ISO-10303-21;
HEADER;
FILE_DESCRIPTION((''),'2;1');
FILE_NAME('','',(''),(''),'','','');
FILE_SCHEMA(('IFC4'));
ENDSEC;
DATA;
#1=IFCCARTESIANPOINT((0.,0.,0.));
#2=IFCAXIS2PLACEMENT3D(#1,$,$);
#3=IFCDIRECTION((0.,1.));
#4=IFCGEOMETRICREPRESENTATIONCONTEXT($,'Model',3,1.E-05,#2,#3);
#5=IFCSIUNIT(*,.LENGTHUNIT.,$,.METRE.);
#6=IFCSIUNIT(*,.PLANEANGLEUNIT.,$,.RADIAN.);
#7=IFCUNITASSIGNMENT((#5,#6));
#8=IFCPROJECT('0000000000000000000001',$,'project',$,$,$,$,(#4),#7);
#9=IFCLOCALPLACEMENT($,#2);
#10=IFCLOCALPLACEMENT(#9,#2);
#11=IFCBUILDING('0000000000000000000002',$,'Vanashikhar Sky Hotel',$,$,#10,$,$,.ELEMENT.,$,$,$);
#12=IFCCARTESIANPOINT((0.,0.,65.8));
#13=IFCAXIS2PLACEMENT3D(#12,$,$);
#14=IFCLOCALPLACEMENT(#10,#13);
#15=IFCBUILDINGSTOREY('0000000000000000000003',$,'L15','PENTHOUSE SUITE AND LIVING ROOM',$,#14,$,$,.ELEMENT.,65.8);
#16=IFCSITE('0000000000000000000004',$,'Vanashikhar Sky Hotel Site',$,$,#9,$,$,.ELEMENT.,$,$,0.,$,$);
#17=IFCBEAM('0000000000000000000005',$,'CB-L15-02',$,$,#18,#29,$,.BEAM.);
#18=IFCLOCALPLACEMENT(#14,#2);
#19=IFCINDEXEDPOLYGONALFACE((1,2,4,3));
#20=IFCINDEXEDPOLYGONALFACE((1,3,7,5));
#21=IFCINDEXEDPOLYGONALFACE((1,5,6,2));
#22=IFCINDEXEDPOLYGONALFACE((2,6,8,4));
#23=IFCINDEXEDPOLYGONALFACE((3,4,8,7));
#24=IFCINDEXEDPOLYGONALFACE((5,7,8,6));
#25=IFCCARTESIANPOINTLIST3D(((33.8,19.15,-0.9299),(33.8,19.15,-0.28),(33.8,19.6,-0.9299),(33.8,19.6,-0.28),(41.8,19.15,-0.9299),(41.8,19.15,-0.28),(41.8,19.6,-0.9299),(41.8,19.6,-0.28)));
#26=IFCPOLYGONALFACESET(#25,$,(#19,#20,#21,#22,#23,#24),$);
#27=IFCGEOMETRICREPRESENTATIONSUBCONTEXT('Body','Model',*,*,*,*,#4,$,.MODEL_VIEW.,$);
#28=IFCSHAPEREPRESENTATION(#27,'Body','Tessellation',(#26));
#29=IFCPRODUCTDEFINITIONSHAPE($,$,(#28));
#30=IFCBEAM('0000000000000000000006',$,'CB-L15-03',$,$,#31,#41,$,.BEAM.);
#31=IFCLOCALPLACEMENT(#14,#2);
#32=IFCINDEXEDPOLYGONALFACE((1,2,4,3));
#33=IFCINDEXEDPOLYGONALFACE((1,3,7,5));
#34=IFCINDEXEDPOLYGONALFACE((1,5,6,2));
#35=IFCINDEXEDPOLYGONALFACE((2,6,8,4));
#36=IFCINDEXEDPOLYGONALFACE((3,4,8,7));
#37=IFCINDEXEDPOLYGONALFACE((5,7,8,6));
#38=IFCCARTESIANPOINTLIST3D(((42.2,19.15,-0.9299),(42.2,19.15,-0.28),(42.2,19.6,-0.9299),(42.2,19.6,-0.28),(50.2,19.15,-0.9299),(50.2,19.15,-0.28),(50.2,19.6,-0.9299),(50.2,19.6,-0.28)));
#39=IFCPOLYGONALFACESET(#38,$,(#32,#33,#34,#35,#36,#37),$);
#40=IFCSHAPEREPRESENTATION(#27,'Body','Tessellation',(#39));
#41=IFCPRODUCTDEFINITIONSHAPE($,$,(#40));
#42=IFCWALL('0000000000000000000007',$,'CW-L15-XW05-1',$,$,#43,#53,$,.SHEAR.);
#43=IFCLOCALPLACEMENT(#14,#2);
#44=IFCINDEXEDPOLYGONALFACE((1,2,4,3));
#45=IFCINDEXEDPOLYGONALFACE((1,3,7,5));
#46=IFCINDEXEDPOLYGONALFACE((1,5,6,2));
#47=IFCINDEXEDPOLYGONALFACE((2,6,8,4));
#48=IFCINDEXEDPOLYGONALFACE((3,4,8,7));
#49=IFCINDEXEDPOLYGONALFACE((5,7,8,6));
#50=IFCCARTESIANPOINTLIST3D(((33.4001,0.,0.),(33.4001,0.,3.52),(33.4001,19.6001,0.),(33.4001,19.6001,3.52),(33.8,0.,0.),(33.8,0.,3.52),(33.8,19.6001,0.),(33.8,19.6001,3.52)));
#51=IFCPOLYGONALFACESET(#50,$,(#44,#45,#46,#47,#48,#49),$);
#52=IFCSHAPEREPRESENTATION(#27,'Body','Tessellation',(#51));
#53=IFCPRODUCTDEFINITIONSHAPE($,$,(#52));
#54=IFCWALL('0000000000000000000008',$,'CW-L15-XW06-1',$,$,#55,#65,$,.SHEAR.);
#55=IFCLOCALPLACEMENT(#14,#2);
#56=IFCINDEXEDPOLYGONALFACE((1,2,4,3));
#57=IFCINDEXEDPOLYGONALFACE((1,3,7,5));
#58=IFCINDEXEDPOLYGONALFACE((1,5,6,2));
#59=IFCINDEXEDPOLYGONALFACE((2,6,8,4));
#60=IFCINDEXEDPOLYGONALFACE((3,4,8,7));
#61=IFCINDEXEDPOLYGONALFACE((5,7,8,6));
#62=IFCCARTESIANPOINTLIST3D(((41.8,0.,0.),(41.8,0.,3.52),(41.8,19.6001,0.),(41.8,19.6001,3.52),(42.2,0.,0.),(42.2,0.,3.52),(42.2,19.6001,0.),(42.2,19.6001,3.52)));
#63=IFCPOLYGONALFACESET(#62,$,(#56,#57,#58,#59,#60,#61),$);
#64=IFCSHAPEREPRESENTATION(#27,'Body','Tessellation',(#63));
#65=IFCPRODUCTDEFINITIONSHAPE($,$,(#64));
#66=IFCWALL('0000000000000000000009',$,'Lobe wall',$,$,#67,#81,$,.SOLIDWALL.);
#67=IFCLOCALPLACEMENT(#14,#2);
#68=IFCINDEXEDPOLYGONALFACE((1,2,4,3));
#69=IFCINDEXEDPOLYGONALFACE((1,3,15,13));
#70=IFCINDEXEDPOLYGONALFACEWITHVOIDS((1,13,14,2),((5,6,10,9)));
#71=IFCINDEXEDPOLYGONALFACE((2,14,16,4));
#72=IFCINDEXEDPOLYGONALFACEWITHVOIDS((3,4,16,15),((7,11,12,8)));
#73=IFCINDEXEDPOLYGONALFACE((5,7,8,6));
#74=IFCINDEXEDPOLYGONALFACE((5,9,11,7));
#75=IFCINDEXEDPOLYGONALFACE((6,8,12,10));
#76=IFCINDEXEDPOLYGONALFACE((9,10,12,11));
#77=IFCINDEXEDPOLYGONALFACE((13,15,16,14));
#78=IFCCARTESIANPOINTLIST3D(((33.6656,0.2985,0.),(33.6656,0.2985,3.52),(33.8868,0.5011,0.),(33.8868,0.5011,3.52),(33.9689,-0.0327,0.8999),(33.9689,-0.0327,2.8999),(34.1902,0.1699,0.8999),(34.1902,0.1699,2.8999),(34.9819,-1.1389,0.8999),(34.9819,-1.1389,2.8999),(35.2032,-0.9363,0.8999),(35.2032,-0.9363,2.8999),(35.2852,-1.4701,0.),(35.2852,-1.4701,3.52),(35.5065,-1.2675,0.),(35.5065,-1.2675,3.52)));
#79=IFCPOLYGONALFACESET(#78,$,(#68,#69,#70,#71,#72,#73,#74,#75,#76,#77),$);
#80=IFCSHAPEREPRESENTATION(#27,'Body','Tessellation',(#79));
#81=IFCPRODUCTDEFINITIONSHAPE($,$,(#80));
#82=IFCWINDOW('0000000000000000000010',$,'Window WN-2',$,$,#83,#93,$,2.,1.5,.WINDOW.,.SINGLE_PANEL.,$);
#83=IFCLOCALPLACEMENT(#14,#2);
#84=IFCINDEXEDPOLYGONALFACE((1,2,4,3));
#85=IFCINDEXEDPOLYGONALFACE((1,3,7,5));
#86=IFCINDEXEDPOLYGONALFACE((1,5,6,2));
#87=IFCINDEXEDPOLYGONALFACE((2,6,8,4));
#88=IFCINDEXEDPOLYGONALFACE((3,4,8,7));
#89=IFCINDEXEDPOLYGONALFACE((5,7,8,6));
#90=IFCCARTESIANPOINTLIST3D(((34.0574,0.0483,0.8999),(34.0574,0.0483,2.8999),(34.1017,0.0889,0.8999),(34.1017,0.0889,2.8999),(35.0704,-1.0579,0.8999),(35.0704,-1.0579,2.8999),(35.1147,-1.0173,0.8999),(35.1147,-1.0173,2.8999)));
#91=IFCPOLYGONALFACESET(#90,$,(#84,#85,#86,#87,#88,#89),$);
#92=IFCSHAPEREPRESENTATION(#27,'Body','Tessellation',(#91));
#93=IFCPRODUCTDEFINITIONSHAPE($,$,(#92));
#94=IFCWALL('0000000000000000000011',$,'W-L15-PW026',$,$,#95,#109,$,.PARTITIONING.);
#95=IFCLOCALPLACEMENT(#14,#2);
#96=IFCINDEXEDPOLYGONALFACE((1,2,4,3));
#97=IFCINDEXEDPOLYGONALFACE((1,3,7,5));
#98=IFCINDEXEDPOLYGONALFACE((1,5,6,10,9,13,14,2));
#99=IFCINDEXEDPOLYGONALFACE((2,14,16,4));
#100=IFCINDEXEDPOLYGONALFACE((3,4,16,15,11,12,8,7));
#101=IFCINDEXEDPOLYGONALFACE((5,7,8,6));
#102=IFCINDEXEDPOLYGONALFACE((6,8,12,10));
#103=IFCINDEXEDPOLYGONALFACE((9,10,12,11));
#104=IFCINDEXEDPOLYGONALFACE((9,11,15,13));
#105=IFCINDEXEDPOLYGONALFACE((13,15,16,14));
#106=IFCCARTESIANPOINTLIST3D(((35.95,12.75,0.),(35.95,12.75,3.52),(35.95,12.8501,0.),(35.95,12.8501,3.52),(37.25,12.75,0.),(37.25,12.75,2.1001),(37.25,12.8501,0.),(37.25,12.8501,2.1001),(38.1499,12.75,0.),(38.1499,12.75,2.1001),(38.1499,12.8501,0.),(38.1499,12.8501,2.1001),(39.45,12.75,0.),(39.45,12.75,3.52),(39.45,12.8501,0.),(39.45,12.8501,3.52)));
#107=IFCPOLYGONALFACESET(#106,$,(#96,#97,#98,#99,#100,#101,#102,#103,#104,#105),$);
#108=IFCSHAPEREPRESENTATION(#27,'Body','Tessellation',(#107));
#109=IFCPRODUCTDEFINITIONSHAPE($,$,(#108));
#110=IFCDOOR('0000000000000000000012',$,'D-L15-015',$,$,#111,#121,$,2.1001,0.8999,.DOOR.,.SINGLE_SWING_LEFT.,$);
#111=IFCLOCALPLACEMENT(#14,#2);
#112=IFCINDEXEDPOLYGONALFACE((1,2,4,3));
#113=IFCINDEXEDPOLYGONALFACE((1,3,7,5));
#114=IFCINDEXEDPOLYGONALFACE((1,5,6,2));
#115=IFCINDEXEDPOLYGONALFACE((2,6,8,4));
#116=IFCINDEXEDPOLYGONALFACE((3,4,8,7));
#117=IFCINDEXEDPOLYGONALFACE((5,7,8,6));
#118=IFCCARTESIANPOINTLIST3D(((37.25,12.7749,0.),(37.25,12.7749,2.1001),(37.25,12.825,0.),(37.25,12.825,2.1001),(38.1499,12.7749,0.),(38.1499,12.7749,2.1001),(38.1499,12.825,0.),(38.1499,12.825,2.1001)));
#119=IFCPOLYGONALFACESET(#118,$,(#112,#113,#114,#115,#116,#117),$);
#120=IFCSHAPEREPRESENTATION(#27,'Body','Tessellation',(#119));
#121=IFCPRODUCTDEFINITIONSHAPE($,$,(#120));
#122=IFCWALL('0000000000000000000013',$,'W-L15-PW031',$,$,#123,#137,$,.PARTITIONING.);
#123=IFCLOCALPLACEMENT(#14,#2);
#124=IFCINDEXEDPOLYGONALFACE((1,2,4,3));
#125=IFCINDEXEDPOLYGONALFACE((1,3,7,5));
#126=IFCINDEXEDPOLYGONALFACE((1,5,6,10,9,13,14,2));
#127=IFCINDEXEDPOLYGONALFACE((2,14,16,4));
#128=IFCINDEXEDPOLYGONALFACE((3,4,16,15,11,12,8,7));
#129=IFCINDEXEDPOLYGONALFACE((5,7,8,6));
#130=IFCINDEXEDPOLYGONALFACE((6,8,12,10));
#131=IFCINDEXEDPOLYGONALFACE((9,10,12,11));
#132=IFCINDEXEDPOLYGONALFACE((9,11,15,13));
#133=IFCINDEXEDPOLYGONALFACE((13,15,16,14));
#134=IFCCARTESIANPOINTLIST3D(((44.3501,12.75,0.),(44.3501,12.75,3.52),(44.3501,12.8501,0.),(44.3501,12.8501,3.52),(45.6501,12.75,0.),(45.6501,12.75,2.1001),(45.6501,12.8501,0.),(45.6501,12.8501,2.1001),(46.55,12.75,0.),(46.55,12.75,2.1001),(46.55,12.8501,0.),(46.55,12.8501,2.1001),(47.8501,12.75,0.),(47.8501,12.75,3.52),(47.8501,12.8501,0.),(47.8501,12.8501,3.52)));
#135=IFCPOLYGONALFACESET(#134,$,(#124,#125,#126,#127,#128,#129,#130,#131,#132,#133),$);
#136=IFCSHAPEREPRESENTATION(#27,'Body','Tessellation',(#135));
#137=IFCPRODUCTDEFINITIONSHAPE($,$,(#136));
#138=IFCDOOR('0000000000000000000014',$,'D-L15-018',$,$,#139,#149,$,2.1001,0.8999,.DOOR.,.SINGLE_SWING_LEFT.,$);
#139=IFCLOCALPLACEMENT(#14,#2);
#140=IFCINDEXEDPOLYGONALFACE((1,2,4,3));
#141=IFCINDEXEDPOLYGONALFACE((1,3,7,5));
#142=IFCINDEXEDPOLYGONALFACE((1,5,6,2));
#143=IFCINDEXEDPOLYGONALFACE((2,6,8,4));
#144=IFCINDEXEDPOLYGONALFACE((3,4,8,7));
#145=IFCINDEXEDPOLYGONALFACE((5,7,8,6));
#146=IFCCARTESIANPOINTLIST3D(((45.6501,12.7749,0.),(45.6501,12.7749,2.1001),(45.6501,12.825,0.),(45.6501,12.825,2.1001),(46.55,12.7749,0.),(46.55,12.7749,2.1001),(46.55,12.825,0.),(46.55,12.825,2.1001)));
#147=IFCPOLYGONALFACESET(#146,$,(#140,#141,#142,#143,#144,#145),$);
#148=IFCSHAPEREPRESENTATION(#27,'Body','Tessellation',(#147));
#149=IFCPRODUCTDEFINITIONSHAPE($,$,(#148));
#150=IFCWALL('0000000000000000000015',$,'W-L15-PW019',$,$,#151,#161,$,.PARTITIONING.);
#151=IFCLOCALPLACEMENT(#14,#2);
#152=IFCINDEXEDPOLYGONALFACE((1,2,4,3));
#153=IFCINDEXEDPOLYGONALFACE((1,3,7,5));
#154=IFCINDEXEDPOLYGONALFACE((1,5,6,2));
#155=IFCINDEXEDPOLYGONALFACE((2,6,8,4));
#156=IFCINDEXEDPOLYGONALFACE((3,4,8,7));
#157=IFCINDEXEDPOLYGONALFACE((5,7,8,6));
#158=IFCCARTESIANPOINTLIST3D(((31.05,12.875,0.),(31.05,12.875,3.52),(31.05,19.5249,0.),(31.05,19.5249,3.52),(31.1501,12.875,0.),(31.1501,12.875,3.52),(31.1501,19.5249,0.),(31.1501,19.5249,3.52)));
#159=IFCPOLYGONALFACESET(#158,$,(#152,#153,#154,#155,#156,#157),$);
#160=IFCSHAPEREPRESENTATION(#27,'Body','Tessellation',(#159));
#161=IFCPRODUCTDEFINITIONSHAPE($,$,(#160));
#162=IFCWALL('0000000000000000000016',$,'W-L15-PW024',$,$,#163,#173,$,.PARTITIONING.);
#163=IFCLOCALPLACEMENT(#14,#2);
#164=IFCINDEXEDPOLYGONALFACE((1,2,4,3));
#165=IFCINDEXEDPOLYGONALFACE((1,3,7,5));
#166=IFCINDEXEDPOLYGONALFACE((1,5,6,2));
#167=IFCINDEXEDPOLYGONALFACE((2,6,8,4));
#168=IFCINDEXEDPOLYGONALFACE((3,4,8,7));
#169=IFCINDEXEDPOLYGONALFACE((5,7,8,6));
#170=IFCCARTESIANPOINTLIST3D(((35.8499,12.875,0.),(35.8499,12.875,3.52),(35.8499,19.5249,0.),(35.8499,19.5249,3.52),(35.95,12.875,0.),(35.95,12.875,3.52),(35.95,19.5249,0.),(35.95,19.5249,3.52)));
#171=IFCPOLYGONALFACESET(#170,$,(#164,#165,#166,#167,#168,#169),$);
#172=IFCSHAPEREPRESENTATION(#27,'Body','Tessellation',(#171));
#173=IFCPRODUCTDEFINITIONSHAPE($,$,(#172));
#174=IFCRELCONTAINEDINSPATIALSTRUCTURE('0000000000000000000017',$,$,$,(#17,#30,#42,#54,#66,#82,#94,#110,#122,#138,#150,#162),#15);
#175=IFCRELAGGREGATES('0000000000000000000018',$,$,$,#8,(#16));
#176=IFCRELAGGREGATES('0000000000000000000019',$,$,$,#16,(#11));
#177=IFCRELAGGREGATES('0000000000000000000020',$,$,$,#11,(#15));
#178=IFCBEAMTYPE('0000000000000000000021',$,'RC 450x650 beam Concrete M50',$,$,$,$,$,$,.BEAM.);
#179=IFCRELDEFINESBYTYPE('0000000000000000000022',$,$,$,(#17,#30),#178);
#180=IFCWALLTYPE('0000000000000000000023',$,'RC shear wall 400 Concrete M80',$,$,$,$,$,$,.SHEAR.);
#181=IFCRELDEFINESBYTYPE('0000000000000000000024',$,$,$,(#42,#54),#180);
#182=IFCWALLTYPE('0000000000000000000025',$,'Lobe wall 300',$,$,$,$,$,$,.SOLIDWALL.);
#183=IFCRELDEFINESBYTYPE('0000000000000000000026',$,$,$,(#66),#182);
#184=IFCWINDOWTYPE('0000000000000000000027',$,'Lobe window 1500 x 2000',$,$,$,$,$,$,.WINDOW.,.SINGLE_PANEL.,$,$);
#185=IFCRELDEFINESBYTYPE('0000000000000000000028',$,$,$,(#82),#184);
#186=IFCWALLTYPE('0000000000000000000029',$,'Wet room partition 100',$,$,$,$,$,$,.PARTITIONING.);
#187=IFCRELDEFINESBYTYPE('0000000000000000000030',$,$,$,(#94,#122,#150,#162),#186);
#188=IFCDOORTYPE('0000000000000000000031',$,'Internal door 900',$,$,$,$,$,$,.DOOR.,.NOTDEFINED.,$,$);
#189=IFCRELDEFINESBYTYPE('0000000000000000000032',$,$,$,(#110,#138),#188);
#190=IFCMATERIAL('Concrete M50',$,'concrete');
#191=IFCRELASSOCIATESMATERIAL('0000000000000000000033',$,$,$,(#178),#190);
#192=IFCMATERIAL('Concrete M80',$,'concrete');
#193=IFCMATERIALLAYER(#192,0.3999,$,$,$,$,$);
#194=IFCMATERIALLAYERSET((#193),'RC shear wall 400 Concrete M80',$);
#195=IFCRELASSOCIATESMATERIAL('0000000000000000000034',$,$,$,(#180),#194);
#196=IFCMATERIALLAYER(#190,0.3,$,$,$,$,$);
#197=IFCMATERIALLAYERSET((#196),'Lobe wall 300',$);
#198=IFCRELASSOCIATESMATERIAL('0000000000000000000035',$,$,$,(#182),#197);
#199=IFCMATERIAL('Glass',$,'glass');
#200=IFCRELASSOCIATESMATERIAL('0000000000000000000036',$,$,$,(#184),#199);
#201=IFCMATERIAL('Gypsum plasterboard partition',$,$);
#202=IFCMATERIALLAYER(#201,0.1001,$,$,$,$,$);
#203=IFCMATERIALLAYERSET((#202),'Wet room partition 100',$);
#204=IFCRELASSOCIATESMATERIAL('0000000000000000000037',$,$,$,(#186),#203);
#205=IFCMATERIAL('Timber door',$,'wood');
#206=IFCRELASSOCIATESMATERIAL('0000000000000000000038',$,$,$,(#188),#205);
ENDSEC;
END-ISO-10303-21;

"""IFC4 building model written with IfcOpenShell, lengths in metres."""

from ifc_helpers import new_model, si_unit, direction, frame, frame_2d, origin, origin_2d, place, context, subcontext, project, spatial, rectangle, extrude, source, transform, mapped, material, layer, layer_set, material_profile, profile_set, type_object, element, fill, save


model = new_model("IFC4")

# Units and contexts
model_context = context("Model", 3, precision=1e-05, world=origin(), true_north=direction((0.0, 1.0)))
body_context = subcontext(model_context, "Body", "Model", "MODEL_VIEW")
ifc_project = project(units=[si_unit("LENGTHUNIT", "METRE"), si_unit("PLANEANGLEUNIT", "RADIAN")], contexts=[model_context])

# Site, building, storey
site_placement = place(None, origin())
site = spatial("IfcSite", under=ifc_project, at=site_placement, Name="Vanashikhar Sky Hotel Site", CompositionType="ELEMENT", RefElevation=0.0)
building_placement = place(site_placement, origin())
building = spatial("IfcBuilding", under=site, at=building_placement, Name="Vanashikhar Sky Hotel", CompositionType="ELEMENT")
storey_placement = place(building_placement, frame((0.0, 0.0, 65.8)))
storey = spatial("IfcBuildingStorey", under=building, at=storey_placement, Name="L15", Description="PENTHOUSE SUITE AND LIVING ROOM", CompositionType="ELEMENT", Elevation=65.8)

# Beams
ifc_material_1 = material(Name="Concrete M50", Category="concrete")
ifc_material_profile = material_profile(ifc_material_1, rectangle(XDim=0.45, YDim=0.6499, at=origin_2d()))
ifc_profile_set = profile_set([ifc_material_profile], Name="RC 450x650 beam Concrete M50")
beam_type = type_object("IfcBeamType", Name="RC 450x650 beam Concrete M50", PredefinedType="BEAM", material=ifc_profile_set)
shared_shape_1 = source(origin(), body_context, "Body", "SweptSolid", [
    extrude(rectangle(XDim=0.45, YDim=0.6499, at=origin_2d()), origin(), (0.0, 0.0, 1.0), 8.0),
])
for number, where, z_axis, x_axis, name in (
    (1, (33.8, 19.375, -0.605), (1.0, 0.0, 0.0), (0.0, 1.0, 0.0), "CB-L15-02"),
    (2, (42.2, 19.375, -0.605), (1.0, 0.0, 0.0), (0.0, 1.0, 0.0), "CB-L15-03"),
):
    element("IfcBeam", number, at=place(storey_placement, frame(where, z_axis=z_axis, x_axis=x_axis)), inside=storey, type_object=beam_type, Name=name, PredefinedType="BEAM", context=body_context, shape_type="MappedRepresentation", body=[
        mapped(shared_shape_1, transform((0.0, 0.0, 0.0), scale=1.0)),
    ])

# Walls
ifc_material_2 = material(Name="Concrete M80", Category="concrete")
ifc_layer_1 = layer(ifc_material_2, 0.3999)
ifc_layer_set_1 = layer_set([ifc_layer_1], Name="RC shear wall 400 Concrete M80")
wall_type_1 = type_object("IfcWallType", Name="RC shear wall 400 Concrete M80", PredefinedType="SHEAR", material=ifc_layer_set_1)
shared_shape_2 = source(origin(), body_context, "Body", "SweptSolid", [
    extrude(rectangle(XDim=19.6001, YDim=0.3999, at=frame_2d((9.8, 0.0))), origin(), (0.0, 0.0, 1.0), 3.52),
])
for number, where, z_axis, x_axis, name in (
    (3, (33.6001, 0.0, 0.0), (0.0, 0.0, 1.0), (0.0, 1.0, 0.0), "CW-L15-XW05-1"),
    (4, (42.0, 0.0, 0.0), (0.0, 0.0, 1.0), (0.0, 1.0, 0.0), "CW-L15-XW06-1"),
):
    element("IfcWall", number, at=place(storey_placement, frame(where, z_axis=z_axis, x_axis=x_axis)), inside=storey, type_object=wall_type_1, Name=name, PredefinedType="SHEAR", context=body_context, shape_type="MappedRepresentation", body=[
        mapped(shared_shape_2, transform((0.0, 0.0, 0.0), scale=1.0)),
    ])

# Wall, opening, window
ifc_layer_2 = layer(ifc_material_1, 0.3)
ifc_layer_set_2 = layer_set([ifc_layer_2], Name="Lobe wall 300")
wall_type_2 = type_object("IfcWallType", Name="Lobe wall 300", PredefinedType="SOLIDWALL", material=ifc_layer_set_2)
shared_shape_3 = source(origin(), body_context, "Body", "SweptSolid", [
    extrude(rectangle(XDim=2.3982, YDim=0.3, at=frame_2d((1.1992, 0.0))), origin(), (0.0, 0.0, 1.0), 3.52),
])
wall_1_placement = place(storey_placement, frame((33.7761, 0.3999, 0.0), z_axis=(0.0, 0.0, 1.0), x_axis=(0.675374, -0.737475, 0.0)))
wall_1 = element("IfcWall", 5, at=wall_1_placement, inside=storey, type_object=wall_type_2, Name="Lobe wall", PredefinedType="SOLIDWALL", context=body_context, shape_type="MappedRepresentation", body=[
    mapped(shared_shape_3, transform((0.0, 0.0, 0.0), scale=1.0)),
])
shared_shape_4 = source(origin(), body_context, "Body", "SweptSolid", [
    extrude(rectangle(XDim=1.5, YDim=2.0, at=frame_2d((0.75, 1.0))), frame((0.0, 0.1602, 0.0), z_axis=(0.0, -1.0, 0.0), x_axis=(1.0, 0.0, 0.0)), (0.0, 0.0, 1.0), 0.3201),
])
opening_1_placement = place(wall_1_placement, frame((0.4492, 0.0, 0.8999)))
opening_1 = element("IfcOpeningElement", 6, at=opening_1_placement, cuts=wall_1, PredefinedType="OPENING", context=body_context, shape_type="MappedRepresentation", body=[
    mapped(shared_shape_4, transform((0.0, 0.0, 0.0), scale=1.0)),
])
ifc_material_3 = material(Name="Glass", Category="glass")
window_type = type_object("IfcWindowType", Name="Lobe window 1500 x 2000", PartitioningType="SINGLE_PANEL", PredefinedType="WINDOW", material=ifc_material_3)
shared_shape_5 = source(origin(), body_context, "Body", "SweptSolid", [
    extrude(rectangle(XDim=1.5, YDim=2.0, at=frame_2d((0.75, 1.0))), frame((0.0, 0.03, 0.0), z_axis=(0.0, -1.0, 0.0), x_axis=(1.0, 0.0, 0.0)), (0.0, 0.0, 1.0), 0.0601),
])
window_placement = place(opening_1_placement, origin())
window = element("IfcWindow", 7, at=window_placement, inside=storey, type_object=window_type, Name="Window WN-2", OverallHeight=2.0, OverallWidth=1.5, PartitioningType="SINGLE_PANEL", PredefinedType="WINDOW", context=body_context, shape_type="MappedRepresentation", body=[
    mapped(shared_shape_5, transform((0.0, 0.0, 0.0), scale=1.0)),
])
fill(opening_1, window)

# Walls, openings, doors
ifc_material_4 = material(Name="Gypsum plasterboard partition")
ifc_layer_3 = layer(ifc_material_4, 0.1001)
ifc_layer_set_3 = layer_set([ifc_layer_3], Name="Wet room partition 100")
wall_type_3 = type_object("IfcWallType", Name="Wet room partition 100", PredefinedType="PARTITIONING", material=ifc_layer_set_3)
shared_shape_6 = source(origin(), body_context, "Body", "SweptSolid", [
    extrude(rectangle(XDim=3.5, YDim=0.1001, at=frame_2d((1.75, 0.0))), origin(), (0.0, 0.0, 1.0), 3.52),
])
wall_2_placement = place(storey_placement, frame((35.95, 12.8, 0.0), z_axis=(0.0, 0.0, 1.0), x_axis=(1.0, 0.0, 0.0)))
wall_2 = element("IfcWall", 8, at=wall_2_placement, inside=storey, type_object=wall_type_3, Name="W-L15-PW026", PredefinedType="PARTITIONING", context=body_context, shape_type="MappedRepresentation", body=[
    mapped(shared_shape_6, transform((0.0, 0.0, 0.0), scale=1.0)),
])
shared_shape_7 = source(origin(), body_context, "Body", "SweptSolid", [
    extrude(rectangle(XDim=0.8999, YDim=2.1001, at=frame_2d((0.45, 1.05))), frame((0.0, 0.0601, 0.0), z_axis=(0.0, -1.0, 0.0), x_axis=(1.0, 0.0, 0.0)), (0.0, 0.0, 1.0), 0.1201),
])
opening_2_placement = place(wall_2_placement, frame((1.3, 0.0, 0.0)))
opening_2 = element("IfcOpeningElement", 9, at=opening_2_placement, cuts=wall_2, PredefinedType="OPENING", context=body_context, shape_type="MappedRepresentation", body=[
    mapped(shared_shape_7, transform((0.0, 0.0, 0.0), scale=1.0)),
])
ifc_material_5 = material(Name="Timber door", Category="wood")
door_type = type_object("IfcDoorType", Name="Internal door 900", OperationType="NOTDEFINED", PredefinedType="DOOR", material=ifc_material_5)
shared_shape_8 = source(origin(), body_context, "Body", "SweptSolid", [
    extrude(rectangle(XDim=0.8999, YDim=2.1001, at=frame_2d((0.45, 1.05))), frame((0.0, 0.0249, 0.0), z_axis=(0.0, -1.0, 0.0), x_axis=(1.0, 0.0, 0.0)), (0.0, 0.0, 1.0), 0.05),
])
door_1_placement = place(opening_2_placement, origin())
door_1 = element("IfcDoor", 10, at=door_1_placement, inside=storey, type_object=door_type, Name="D-L15-015", OperationType="SINGLE_SWING_LEFT", OverallHeight=2.1001, OverallWidth=0.8999, PredefinedType="DOOR", context=body_context, shape_type="MappedRepresentation", body=[
    mapped(shared_shape_8, transform((0.0, 0.0, 0.0), scale=1.0)),
])
fill(opening_2, door_1)
wall_3_placement = place(storey_placement, frame((44.3501, 12.8, 0.0), z_axis=(0.0, 0.0, 1.0), x_axis=(1.0, 0.0, 0.0)))
wall_3 = element("IfcWall", 11, at=wall_3_placement, inside=storey, type_object=wall_type_3, Name="W-L15-PW031", PredefinedType="PARTITIONING", context=body_context, shape_type="MappedRepresentation", body=[
    mapped(shared_shape_6, transform((0.0, 0.0, 0.0), scale=1.0)),
])
opening_3_placement = place(wall_3_placement, frame((1.3, 0.0, 0.0)))
opening_3 = element("IfcOpeningElement", 12, at=opening_3_placement, cuts=wall_3, PredefinedType="OPENING", context=body_context, shape_type="MappedRepresentation", body=[
    mapped(shared_shape_7, transform((0.0, 0.0, 0.0), scale=1.0)),
])
door_2_placement = place(opening_3_placement, origin())
door_2 = element("IfcDoor", 13, at=door_2_placement, inside=storey, type_object=door_type, Name="D-L15-018", OperationType="SINGLE_SWING_LEFT", OverallHeight=2.1001, OverallWidth=0.8999, PredefinedType="DOOR", context=body_context, shape_type="MappedRepresentation", body=[
    mapped(shared_shape_8, transform((0.0, 0.0, 0.0), scale=1.0)),
])
fill(opening_3, door_2)

# Walls
shared_shape_9 = source(origin(), body_context, "Body", "SweptSolid", [
    extrude(rectangle(XDim=6.6499, YDim=0.1001, at=frame_2d((3.325, 0.0))), origin(), (0.0, 0.0, 1.0), 3.52),
])
for number, where, z_axis, x_axis, name in (
    (14, (31.1001, 12.875, 0.0), (0.0, 0.0, 1.0), (0.0, 1.0, 0.0), "W-L15-PW019"),
    (15, (35.8999, 12.875, 0.0), (0.0, 0.0, 1.0), (0.0, 1.0, 0.0), "W-L15-PW024"),
):
    element("IfcWall", number, at=place(storey_placement, frame(where, z_axis=z_axis, x_axis=x_axis)), inside=storey, type_object=wall_type_3, Name=name, PredefinedType="PARTITIONING", context=body_context, shape_type="MappedRepresentation", body=[
        mapped(shared_shape_9, transform((0.0, 0.0, 0.0), scale=1.0)),
    ])

save(model, "model.ifc")
